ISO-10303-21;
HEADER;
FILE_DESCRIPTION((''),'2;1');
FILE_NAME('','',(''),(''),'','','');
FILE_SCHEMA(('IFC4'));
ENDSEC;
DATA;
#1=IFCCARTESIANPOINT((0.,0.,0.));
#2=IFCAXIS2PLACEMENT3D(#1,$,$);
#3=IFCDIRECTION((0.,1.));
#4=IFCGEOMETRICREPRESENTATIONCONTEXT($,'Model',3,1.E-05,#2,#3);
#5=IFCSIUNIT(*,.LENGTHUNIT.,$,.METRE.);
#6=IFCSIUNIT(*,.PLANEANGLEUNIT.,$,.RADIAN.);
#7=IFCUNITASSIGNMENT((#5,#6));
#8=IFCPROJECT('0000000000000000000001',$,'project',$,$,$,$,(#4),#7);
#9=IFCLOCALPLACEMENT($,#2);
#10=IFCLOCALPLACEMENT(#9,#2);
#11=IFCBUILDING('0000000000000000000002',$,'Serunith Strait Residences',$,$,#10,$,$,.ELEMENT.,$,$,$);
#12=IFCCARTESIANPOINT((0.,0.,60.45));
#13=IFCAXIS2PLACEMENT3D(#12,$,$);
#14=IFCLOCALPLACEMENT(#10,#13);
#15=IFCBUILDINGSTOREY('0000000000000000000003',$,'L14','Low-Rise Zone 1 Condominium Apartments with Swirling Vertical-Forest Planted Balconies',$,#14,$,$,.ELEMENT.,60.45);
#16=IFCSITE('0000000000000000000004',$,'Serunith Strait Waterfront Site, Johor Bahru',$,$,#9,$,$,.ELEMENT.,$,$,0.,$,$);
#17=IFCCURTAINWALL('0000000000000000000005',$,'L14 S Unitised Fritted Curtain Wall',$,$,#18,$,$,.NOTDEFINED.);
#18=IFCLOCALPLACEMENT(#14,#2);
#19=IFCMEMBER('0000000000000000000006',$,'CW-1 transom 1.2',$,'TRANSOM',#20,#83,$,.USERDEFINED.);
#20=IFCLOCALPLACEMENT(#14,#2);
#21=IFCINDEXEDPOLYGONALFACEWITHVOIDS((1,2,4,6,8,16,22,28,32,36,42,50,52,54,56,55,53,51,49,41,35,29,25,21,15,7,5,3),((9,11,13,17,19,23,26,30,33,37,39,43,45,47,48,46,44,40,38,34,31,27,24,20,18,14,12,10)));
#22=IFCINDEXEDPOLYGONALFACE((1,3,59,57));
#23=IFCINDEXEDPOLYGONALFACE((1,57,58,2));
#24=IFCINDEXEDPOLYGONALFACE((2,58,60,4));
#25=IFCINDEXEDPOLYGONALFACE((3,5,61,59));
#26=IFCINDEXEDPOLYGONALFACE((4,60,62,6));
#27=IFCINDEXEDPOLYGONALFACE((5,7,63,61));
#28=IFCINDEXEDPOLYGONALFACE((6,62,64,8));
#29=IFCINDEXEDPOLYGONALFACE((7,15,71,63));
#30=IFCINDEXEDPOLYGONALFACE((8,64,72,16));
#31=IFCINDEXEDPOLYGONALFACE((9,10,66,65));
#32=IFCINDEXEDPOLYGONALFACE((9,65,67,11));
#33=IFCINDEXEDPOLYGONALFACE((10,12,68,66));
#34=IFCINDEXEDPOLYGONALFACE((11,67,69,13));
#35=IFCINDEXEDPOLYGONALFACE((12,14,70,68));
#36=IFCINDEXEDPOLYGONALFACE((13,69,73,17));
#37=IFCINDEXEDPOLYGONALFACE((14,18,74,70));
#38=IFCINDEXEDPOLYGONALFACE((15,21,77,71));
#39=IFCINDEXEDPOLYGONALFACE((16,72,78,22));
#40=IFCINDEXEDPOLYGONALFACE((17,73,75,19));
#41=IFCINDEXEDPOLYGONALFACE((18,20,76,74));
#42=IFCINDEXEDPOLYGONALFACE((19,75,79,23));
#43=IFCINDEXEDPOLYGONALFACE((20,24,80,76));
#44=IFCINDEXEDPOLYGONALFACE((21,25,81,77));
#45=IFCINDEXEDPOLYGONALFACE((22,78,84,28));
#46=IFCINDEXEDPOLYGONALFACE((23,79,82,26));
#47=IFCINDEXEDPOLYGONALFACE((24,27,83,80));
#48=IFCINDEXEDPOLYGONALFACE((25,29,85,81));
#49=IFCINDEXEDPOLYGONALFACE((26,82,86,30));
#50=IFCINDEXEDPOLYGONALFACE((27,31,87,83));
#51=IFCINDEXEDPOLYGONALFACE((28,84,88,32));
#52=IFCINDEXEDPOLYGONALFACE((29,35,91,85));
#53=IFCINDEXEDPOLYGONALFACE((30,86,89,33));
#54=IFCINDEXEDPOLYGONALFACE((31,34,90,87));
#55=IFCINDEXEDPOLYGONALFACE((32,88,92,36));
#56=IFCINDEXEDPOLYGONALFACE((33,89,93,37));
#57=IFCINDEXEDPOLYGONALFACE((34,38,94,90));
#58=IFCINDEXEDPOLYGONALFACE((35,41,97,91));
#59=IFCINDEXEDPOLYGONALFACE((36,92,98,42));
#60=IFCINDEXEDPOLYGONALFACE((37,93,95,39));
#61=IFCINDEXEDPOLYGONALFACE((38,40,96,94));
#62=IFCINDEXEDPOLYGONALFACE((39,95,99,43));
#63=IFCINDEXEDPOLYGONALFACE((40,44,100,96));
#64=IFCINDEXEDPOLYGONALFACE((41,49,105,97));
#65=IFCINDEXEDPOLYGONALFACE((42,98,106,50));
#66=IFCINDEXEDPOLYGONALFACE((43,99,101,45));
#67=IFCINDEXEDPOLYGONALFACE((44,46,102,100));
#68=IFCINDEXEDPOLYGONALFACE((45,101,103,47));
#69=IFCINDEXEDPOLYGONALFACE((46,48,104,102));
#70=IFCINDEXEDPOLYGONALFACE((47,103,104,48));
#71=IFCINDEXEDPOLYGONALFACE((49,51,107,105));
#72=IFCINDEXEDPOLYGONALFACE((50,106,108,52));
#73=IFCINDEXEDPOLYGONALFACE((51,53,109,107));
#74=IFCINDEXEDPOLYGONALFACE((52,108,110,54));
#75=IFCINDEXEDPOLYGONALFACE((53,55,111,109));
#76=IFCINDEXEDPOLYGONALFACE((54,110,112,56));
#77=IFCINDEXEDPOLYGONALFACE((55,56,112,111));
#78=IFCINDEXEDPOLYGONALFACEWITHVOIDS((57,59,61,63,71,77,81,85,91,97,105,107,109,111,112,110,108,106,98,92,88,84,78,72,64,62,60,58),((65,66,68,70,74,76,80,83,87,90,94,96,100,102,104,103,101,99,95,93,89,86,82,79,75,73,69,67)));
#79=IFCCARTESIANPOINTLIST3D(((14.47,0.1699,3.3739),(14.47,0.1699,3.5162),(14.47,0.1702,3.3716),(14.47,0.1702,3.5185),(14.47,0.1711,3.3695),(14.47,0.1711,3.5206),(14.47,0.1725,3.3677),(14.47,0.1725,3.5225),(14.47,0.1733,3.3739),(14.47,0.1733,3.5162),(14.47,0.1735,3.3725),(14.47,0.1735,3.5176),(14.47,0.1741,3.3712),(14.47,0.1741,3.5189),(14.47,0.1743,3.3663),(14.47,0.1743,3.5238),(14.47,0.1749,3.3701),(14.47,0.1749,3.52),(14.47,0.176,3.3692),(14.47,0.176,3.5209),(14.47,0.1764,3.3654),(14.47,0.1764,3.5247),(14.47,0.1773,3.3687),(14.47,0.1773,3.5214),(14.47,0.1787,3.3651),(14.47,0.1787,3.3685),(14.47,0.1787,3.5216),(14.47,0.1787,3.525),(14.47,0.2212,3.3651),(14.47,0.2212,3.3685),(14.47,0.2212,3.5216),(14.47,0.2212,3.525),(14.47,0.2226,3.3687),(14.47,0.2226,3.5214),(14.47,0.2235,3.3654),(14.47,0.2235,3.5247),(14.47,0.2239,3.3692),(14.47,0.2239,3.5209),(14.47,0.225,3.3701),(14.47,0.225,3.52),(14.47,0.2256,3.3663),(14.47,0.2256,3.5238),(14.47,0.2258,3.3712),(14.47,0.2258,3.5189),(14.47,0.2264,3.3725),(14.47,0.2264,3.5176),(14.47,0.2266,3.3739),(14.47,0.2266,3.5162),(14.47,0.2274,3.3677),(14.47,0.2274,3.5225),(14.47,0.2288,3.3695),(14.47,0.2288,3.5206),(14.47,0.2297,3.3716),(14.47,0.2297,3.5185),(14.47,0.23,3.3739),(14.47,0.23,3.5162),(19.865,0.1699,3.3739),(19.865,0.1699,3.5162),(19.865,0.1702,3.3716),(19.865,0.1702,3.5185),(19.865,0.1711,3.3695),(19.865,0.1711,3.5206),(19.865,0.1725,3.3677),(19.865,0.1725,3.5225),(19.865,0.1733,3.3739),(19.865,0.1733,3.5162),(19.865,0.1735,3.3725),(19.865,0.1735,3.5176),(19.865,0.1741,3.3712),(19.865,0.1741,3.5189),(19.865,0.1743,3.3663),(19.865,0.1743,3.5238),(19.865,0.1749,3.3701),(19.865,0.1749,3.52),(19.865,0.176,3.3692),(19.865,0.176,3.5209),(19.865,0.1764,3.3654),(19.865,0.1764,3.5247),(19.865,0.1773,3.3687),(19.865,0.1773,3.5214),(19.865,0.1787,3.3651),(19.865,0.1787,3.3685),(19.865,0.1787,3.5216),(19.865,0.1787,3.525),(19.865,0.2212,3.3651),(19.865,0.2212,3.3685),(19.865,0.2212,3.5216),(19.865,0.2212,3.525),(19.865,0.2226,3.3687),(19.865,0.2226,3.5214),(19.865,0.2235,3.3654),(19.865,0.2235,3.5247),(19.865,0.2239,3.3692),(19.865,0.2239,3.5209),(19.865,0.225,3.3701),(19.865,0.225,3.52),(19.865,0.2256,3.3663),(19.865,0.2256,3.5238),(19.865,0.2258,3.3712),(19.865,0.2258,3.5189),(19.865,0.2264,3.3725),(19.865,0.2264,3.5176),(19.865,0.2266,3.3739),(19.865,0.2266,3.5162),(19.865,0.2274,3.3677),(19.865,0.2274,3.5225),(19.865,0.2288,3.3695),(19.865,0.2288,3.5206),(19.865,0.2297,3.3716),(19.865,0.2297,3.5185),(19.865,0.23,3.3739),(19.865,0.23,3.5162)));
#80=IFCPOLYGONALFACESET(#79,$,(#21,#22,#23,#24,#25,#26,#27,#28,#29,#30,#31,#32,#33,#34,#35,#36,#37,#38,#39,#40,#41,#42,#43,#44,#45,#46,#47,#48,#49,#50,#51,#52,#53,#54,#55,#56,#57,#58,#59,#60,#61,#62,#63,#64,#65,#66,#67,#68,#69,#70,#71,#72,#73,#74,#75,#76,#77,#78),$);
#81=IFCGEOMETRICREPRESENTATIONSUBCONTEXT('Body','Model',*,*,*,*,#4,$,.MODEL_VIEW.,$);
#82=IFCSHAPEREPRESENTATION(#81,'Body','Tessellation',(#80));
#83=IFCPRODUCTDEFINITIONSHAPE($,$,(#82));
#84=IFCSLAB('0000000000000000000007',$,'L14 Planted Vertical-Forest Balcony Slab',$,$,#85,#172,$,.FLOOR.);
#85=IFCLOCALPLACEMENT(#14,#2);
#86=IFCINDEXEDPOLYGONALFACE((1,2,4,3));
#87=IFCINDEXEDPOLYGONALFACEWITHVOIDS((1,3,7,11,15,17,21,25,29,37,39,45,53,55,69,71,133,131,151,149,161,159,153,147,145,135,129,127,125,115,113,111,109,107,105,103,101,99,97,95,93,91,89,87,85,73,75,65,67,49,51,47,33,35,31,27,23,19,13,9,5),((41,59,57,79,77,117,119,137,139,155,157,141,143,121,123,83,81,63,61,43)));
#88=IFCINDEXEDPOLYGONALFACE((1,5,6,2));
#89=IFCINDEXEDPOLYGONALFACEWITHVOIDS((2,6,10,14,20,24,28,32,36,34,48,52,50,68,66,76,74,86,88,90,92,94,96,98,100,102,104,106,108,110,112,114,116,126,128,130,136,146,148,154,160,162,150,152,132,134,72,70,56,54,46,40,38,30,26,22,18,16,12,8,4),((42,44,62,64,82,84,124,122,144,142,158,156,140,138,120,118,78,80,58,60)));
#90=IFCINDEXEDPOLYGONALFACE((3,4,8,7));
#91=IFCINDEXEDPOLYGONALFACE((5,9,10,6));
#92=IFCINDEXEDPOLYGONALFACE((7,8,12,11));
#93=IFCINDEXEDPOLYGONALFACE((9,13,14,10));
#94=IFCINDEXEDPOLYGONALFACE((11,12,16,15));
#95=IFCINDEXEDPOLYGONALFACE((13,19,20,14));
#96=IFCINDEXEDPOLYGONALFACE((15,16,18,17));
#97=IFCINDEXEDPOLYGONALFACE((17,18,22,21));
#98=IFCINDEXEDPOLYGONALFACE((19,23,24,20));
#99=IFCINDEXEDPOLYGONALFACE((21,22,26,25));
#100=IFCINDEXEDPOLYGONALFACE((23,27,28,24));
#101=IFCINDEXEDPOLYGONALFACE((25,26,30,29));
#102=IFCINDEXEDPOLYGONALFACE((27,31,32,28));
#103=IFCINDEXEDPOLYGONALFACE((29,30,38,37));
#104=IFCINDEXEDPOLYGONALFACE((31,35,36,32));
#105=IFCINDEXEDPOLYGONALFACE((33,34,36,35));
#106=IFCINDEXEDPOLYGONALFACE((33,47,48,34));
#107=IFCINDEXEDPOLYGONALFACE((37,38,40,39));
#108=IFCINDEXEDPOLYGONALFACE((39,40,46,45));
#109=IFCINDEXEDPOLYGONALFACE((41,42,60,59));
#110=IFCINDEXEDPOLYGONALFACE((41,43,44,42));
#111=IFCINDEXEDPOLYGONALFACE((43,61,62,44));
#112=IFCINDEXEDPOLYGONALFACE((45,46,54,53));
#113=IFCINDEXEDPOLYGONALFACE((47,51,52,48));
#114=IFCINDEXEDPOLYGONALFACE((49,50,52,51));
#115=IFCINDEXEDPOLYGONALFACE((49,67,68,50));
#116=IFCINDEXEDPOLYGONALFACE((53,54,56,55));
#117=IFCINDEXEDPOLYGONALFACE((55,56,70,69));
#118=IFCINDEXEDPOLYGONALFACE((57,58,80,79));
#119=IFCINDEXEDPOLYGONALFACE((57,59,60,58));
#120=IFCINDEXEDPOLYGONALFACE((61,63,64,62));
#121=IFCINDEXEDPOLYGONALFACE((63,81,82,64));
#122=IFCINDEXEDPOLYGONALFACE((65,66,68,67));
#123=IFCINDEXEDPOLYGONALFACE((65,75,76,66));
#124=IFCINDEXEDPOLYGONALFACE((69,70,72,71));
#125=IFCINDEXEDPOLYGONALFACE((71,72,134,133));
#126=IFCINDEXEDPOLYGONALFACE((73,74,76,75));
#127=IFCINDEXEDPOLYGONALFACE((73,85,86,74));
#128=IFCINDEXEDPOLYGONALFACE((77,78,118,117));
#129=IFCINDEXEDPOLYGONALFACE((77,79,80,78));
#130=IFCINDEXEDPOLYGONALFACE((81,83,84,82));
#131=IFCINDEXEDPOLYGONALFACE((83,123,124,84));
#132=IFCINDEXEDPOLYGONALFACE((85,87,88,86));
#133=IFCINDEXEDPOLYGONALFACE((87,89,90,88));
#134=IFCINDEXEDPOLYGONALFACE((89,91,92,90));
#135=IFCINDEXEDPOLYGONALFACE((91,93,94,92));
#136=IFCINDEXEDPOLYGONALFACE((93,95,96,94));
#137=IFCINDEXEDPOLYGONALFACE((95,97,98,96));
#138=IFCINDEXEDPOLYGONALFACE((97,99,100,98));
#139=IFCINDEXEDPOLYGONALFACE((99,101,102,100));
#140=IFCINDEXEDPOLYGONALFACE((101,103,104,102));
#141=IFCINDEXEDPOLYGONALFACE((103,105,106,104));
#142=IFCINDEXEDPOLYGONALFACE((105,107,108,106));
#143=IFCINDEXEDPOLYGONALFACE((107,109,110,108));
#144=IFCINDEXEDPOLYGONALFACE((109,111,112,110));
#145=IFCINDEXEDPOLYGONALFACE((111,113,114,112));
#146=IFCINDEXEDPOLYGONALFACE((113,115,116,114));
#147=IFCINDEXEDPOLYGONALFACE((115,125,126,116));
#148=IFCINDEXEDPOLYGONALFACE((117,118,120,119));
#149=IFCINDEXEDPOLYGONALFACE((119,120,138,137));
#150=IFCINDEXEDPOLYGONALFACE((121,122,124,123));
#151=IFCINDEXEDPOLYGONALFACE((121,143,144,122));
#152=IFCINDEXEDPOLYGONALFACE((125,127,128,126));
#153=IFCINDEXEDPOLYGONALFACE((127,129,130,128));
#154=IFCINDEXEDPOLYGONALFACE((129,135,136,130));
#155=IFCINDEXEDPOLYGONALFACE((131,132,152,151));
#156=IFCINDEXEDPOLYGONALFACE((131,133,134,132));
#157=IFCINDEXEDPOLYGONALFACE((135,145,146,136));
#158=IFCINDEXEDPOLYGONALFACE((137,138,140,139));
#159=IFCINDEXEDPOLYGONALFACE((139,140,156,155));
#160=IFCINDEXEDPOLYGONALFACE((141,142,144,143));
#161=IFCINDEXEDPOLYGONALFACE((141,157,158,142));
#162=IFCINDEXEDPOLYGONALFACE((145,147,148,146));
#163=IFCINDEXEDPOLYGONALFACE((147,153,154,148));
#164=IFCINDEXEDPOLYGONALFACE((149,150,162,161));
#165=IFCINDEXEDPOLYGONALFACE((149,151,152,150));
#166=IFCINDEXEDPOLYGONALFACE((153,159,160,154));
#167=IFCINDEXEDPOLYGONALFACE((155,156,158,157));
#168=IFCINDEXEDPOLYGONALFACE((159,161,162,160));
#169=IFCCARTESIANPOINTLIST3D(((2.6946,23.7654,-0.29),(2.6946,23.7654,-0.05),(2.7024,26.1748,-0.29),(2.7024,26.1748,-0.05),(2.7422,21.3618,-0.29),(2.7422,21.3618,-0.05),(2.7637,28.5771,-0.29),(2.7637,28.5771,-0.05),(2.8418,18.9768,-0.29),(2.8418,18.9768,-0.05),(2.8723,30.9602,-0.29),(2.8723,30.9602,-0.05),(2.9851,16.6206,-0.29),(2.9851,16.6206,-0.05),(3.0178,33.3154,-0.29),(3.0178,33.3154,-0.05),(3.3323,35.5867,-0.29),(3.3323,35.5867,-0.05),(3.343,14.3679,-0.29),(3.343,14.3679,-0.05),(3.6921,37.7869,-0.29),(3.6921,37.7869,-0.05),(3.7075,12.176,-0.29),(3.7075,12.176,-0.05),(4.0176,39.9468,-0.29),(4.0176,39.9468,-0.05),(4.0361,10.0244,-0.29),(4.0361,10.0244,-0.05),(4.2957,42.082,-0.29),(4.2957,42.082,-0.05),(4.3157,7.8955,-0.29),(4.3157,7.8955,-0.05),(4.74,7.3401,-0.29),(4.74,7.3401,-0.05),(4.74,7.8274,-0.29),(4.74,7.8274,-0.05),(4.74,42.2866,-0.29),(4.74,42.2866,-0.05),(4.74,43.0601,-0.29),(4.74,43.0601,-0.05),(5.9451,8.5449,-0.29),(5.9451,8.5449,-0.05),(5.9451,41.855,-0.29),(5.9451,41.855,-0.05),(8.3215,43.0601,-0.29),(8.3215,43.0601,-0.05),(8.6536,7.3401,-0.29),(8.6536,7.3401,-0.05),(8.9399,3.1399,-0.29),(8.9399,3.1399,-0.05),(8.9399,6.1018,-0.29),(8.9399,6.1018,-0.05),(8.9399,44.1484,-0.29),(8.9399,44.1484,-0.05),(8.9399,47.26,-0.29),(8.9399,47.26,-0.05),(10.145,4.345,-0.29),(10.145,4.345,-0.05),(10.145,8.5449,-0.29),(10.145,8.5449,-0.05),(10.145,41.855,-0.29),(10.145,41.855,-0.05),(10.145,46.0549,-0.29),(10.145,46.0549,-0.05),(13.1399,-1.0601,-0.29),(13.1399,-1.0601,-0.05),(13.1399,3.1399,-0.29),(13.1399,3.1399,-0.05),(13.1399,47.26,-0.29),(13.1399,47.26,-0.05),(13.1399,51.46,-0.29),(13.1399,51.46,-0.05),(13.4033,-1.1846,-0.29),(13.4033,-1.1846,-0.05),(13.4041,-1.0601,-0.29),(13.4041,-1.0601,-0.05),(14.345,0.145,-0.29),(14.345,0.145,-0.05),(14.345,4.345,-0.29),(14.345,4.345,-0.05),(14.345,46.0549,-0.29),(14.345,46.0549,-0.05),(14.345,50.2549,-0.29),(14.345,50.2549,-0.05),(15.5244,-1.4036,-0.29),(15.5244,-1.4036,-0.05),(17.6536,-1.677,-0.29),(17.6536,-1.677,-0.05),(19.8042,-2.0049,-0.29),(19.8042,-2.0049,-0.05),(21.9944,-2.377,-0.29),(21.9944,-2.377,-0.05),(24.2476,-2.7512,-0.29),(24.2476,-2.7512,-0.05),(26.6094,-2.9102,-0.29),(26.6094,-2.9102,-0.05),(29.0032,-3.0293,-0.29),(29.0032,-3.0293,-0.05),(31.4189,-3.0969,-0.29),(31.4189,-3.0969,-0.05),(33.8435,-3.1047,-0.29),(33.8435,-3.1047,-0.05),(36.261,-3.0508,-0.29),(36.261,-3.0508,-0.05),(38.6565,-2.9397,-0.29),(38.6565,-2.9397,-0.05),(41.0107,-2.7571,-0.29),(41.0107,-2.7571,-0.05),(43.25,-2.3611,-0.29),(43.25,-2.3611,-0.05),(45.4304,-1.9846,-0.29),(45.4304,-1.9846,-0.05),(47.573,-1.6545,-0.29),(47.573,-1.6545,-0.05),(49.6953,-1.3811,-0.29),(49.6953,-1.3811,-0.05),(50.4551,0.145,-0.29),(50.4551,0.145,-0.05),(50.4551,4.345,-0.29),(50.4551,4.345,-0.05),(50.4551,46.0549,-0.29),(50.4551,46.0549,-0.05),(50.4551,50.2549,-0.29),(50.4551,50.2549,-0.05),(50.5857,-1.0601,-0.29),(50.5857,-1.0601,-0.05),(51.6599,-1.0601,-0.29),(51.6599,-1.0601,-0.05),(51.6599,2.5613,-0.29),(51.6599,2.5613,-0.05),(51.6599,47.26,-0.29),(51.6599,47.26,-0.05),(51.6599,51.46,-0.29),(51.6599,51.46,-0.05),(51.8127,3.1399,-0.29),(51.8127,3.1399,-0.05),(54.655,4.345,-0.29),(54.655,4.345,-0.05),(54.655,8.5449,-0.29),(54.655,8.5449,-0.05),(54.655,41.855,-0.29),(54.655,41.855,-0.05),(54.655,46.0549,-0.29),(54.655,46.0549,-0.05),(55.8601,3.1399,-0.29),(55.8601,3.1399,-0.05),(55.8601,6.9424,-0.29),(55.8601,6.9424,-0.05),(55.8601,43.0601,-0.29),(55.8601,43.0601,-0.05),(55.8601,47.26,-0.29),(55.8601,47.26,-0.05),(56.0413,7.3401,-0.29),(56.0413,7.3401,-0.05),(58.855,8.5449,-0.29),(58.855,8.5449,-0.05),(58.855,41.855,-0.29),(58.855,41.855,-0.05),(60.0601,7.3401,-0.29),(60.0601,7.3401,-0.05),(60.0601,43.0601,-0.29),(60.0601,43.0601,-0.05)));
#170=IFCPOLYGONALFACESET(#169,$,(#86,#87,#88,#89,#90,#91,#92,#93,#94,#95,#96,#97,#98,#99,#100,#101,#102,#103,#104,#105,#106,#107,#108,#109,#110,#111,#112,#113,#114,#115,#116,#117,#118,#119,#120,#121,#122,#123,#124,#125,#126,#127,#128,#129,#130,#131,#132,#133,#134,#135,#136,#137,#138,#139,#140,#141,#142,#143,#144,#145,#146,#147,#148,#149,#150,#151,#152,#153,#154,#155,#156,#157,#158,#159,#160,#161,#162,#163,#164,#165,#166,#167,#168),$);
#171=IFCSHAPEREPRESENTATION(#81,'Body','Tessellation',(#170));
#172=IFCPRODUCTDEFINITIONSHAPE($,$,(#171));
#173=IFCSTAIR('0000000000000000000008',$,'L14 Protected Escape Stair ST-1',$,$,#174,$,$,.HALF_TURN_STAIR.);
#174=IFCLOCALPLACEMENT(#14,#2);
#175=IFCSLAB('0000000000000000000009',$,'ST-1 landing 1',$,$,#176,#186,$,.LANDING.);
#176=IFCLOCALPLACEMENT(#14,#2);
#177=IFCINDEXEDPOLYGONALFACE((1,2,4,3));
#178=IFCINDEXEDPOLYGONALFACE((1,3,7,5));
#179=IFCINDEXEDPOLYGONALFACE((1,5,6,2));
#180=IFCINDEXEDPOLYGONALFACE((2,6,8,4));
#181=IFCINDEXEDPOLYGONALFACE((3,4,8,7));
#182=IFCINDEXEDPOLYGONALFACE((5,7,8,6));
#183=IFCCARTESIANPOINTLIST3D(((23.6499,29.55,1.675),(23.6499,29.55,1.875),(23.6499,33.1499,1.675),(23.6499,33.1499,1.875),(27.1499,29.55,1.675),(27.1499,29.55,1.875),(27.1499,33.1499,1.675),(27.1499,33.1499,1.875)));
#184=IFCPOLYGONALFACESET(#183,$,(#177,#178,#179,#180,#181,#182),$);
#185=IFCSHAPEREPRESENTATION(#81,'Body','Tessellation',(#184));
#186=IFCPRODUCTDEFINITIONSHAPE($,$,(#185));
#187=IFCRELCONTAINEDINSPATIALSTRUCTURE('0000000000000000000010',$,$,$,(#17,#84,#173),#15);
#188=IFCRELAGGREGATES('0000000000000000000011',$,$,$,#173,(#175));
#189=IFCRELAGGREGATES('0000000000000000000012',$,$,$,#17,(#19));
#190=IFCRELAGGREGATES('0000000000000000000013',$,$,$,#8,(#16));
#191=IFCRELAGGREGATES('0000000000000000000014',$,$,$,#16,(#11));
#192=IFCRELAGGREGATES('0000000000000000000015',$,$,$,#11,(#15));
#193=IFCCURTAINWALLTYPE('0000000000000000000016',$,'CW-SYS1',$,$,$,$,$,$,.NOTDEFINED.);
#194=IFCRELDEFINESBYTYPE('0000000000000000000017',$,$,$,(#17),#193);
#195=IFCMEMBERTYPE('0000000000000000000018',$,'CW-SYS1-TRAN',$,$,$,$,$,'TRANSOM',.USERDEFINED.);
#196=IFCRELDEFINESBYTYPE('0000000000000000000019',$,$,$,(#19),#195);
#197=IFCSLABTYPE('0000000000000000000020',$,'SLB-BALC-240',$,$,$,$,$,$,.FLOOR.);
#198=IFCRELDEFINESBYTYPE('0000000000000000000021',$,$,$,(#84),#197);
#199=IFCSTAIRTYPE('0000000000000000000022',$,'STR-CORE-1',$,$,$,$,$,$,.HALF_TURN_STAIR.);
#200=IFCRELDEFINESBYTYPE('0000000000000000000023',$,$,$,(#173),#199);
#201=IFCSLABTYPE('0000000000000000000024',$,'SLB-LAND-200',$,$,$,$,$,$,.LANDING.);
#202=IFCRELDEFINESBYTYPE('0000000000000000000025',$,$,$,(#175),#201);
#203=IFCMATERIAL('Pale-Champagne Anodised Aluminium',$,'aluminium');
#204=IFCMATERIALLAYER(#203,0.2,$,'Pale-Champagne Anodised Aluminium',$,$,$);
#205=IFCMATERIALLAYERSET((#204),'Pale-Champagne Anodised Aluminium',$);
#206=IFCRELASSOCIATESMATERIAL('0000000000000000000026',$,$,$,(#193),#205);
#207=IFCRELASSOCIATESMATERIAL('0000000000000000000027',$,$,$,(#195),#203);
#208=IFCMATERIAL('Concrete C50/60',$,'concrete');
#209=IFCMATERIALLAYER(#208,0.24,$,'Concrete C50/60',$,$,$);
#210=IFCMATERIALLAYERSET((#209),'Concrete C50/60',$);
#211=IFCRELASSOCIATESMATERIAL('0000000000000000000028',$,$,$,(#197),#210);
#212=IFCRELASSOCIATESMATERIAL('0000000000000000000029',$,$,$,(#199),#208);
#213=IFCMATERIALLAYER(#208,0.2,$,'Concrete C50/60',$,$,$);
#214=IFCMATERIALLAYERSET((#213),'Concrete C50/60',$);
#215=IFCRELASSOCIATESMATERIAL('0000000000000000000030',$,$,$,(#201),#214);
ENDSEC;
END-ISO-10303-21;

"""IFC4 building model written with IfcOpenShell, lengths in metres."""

from ifc_helpers import new_model, si_unit, direction, frame, origin, origin_2d, place, context, subcontext, project, spatial, polyline, hollow_rectangle, outline, extrude, source, transform, mapped, material, layer, layer_set, material_profile, profile_set, type_object, element, aggregate, save


model = new_model("IFC4")

# Units and contexts
model_context = context("Model", 3, precision=1e-05, world=origin(), true_north=direction((0.0, 1.0)))
body_context = subcontext(model_context, "Body", "Model", "MODEL_VIEW")
ifc_project = project(units=[si_unit("LENGTHUNIT", "METRE"), si_unit("PLANEANGLEUNIT", "RADIAN")], contexts=[model_context])

# Site, building, storey
site_placement = place(None, origin())
site = spatial("IfcSite", under=ifc_project, at=site_placement, Name="Serunith Strait Waterfront Site, Johor Bahru", CompositionType="ELEMENT", RefElevation=0.0)
building_placement = place(site_placement, origin())
building = spatial("IfcBuilding", under=site, at=building_placement, Name="Serunith Strait Residences", CompositionType="ELEMENT")
storey_placement = place(building_placement, frame((0.0, 0.0, 60.45)))
storey = spatial("IfcBuildingStorey", under=building, at=storey_placement, Name="L14", Description="Low-Rise Zone 1 Condominium Apartments with Swirling Vertical-Forest Planted Balconies", CompositionType="ELEMENT", Elevation=60.45)

# Curtain wall
ifc_material_1 = material(Name="Pale-Champagne Anodised Aluminium", Category="aluminium")
ifc_layer_1 = layer(ifc_material_1, 0.2, Name="Pale-Champagne Anodised Aluminium")
ifc_layer_set_1 = layer_set([ifc_layer_1], Name="Pale-Champagne Anodised Aluminium")
curtain_wall_type = type_object("IfcCurtainWallType", Name="CW-SYS1", PredefinedType="NOTDEFINED", material=ifc_layer_set_1)
curtain_wall_1_placement = place(storey_placement, origin())
curtain_wall_1 = element("IfcCurtainWall", 1, at=curtain_wall_1_placement, inside=storey, type_object=curtain_wall_type, Name="L14 S Unitised Fritted Curtain Wall", PredefinedType="NOTDEFINED")

# Member
ifc_material_profile_1 = material_profile(ifc_material_1, hollow_rectangle(XDim=0.0601, YDim=0.1599, WallThickness=0.0034, InnerFilletRadius=0.0054, OuterFilletRadius=0.0088, at=origin_2d()), Name="ALU 160x60x3.5")
ifc_profile_set_1 = profile_set([ifc_material_profile_1], Name="Pale-Champagne Anodised Aluminium")
member_type_1 = type_object("IfcMemberType", Name="CW-SYS1-TRAN", ElementType="TRANSOM", PredefinedType="USERDEFINED", material=ifc_profile_set_1)
shared_shape_1 = source(origin(), body_context, "Body", "SweptSolid", [
    extrude(hollow_rectangle(XDim=0.0601, YDim=0.1599, WallThickness=0.0034, InnerFilletRadius=0.0054, OuterFilletRadius=0.0088, at=origin_2d()), origin(), (0.0, 0.0, 1.0), 5.395),
])
member_1_placement = place(storey_placement, frame((14.47, 0.2, 3.4451), z_axis=(1.0, 0.0, 0.0), x_axis=(0.0, 1.0, 0.0)))
member_1 = element("IfcMember", 2, at=member_1_placement, type_object=member_type_1, Name="CW-1 transom 1.2", ObjectType="TRANSOM", PredefinedType="USERDEFINED", context=body_context, shape_type="MappedRepresentation", body=[
    mapped(shared_shape_1, transform((0.0, 0.0, 0.0), scale=1.0)),
])

# Slab
ifc_material_2 = material(Name="Concrete C50/60", Category="concrete")
ifc_layer_2 = layer(ifc_material_2, 0.24, Name="Concrete C50/60")
ifc_layer_set_2 = layer_set([ifc_layer_2], Name="Concrete C50/60")
slab_type_1 = type_object("IfcSlabType", Name="SLB-BALC-240", PredefinedType="FLOOR", material=ifc_layer_set_2)
slab_1_placement = place(storey_placement, frame((0.0, 0.0, -0.29)))
element("IfcSlab", 3, at=slab_1_placement, inside=storey, type_object=slab_type_1, Name="L14 Planted Vertical-Forest Balcony Slab", PredefinedType="FLOOR", context=body_context, shape_type="SweptSolid", body=[
    extrude(outline(polyline([(13.1399, 3.1399), (8.9399, 3.1399), (8.9399, 6.1018), (8.6536, 7.3401), (4.74, 7.3401), (4.74, 7.8274), (4.3157, 7.8955), (4.0361, 10.0244), (3.7075, 12.176), (3.343, 14.3679), (2.9851, 16.6206), (2.8418, 18.9768), (2.7422, 21.3618), (2.6946, 23.7654), (2.7024, 26.1748), (2.7637, 28.5771), (2.8723, 30.9602), (3.0178, 33.3154), (3.3323, 35.5867), (3.6921, 37.7869), (4.0176, 39.9468), (4.2957, 42.082), (4.74, 42.2866), (4.74, 43.0601), (8.3215, 43.0601), (8.9399, 44.1484), (8.9399, 47.26), (13.1399, 47.26), (13.1399, 51.46), (51.6599, 51.46), (51.6599, 47.26), (55.8601, 47.26), (55.8601, 43.0601), (60.0601, 43.0601), (60.0601, 7.3401), (56.0413, 7.3401), (55.8601, 6.9424), (55.8601, 3.1399), (51.8127, 3.1399), (51.6599, 2.5613), (51.6599, -1.0601), (50.5857, -1.0601), (49.6953, -1.3811), (47.573, -1.6545), (45.4304, -1.9846), (43.25, -2.3611), (41.0107, -2.7571), (38.6565, -2.9397), (36.261, -3.0508), (33.8435, -3.1047), (31.4189, -3.0969), (29.0032, -3.0293), (26.6094, -2.9102), (24.2476, -2.7512), (21.9944, -2.377), (19.8042, -2.0049), (17.6536, -1.677), (15.5244, -1.4036), (13.4033, -1.1846), (13.4041, -1.0601), (13.1399, -1.0601), (13.1399, 3.1399)]), holes=[polyline([(50.4551, 0.145), (50.4551, 4.345), (54.655, 4.345), (54.655, 8.5449), (58.855, 8.5449), (58.855, 41.855), (54.655, 41.855), (54.655, 46.0549), (50.4551, 46.0549), (50.4551, 50.2549), (14.345, 50.2549), (14.345, 46.0549), (10.145, 46.0549), (10.145, 41.855), (5.9451, 41.855), (5.9451, 8.5449), (10.145, 8.5449), (10.145, 4.345), (14.345, 4.345), (14.345, 0.145), (50.4551, 0.145)])]), origin(), (0.0, 0.0, 1.0), 0.24),
])

# Stair, slab
stair_type_1 = type_object("IfcStairType", Name="STR-CORE-1", PredefinedType="HALF_TURN_STAIR", material=ifc_material_2)
stair_1_placement = place(storey_placement, origin())
stair_1 = element("IfcStair", 4, at=stair_1_placement, inside=storey, type_object=stair_type_1, Name="L14 Protected Escape Stair ST-1", PredefinedType="HALF_TURN_STAIR")
ifc_layer_3 = layer(ifc_material_2, 0.2, Name="Concrete C50/60")
ifc_layer_set_3 = layer_set([ifc_layer_3], Name="Concrete C50/60")
slab_type_2 = type_object("IfcSlabType", Name="SLB-LAND-200", PredefinedType="LANDING", material=ifc_layer_set_3)
slab_2_placement = place(storey_placement, frame((0.0, 0.0, 1.675)))
slab_2 = element("IfcSlab", 5, at=slab_2_placement, type_object=slab_type_2, Name="ST-1 landing 1", PredefinedType="LANDING", context=body_context, shape_type="SweptSolid", body=[
    extrude(outline(polyline([(27.1499, 29.55), (27.1499, 33.1499), (23.6499, 33.1499), (23.6499, 29.55), (27.1499, 29.55)])), origin(), (0.0, 0.0, 1.0), 0.2),
])
aggregate(stair_1, [slab_2])

aggregate(curtain_wall_1, [member_1])

save(model, "model.ifc")
